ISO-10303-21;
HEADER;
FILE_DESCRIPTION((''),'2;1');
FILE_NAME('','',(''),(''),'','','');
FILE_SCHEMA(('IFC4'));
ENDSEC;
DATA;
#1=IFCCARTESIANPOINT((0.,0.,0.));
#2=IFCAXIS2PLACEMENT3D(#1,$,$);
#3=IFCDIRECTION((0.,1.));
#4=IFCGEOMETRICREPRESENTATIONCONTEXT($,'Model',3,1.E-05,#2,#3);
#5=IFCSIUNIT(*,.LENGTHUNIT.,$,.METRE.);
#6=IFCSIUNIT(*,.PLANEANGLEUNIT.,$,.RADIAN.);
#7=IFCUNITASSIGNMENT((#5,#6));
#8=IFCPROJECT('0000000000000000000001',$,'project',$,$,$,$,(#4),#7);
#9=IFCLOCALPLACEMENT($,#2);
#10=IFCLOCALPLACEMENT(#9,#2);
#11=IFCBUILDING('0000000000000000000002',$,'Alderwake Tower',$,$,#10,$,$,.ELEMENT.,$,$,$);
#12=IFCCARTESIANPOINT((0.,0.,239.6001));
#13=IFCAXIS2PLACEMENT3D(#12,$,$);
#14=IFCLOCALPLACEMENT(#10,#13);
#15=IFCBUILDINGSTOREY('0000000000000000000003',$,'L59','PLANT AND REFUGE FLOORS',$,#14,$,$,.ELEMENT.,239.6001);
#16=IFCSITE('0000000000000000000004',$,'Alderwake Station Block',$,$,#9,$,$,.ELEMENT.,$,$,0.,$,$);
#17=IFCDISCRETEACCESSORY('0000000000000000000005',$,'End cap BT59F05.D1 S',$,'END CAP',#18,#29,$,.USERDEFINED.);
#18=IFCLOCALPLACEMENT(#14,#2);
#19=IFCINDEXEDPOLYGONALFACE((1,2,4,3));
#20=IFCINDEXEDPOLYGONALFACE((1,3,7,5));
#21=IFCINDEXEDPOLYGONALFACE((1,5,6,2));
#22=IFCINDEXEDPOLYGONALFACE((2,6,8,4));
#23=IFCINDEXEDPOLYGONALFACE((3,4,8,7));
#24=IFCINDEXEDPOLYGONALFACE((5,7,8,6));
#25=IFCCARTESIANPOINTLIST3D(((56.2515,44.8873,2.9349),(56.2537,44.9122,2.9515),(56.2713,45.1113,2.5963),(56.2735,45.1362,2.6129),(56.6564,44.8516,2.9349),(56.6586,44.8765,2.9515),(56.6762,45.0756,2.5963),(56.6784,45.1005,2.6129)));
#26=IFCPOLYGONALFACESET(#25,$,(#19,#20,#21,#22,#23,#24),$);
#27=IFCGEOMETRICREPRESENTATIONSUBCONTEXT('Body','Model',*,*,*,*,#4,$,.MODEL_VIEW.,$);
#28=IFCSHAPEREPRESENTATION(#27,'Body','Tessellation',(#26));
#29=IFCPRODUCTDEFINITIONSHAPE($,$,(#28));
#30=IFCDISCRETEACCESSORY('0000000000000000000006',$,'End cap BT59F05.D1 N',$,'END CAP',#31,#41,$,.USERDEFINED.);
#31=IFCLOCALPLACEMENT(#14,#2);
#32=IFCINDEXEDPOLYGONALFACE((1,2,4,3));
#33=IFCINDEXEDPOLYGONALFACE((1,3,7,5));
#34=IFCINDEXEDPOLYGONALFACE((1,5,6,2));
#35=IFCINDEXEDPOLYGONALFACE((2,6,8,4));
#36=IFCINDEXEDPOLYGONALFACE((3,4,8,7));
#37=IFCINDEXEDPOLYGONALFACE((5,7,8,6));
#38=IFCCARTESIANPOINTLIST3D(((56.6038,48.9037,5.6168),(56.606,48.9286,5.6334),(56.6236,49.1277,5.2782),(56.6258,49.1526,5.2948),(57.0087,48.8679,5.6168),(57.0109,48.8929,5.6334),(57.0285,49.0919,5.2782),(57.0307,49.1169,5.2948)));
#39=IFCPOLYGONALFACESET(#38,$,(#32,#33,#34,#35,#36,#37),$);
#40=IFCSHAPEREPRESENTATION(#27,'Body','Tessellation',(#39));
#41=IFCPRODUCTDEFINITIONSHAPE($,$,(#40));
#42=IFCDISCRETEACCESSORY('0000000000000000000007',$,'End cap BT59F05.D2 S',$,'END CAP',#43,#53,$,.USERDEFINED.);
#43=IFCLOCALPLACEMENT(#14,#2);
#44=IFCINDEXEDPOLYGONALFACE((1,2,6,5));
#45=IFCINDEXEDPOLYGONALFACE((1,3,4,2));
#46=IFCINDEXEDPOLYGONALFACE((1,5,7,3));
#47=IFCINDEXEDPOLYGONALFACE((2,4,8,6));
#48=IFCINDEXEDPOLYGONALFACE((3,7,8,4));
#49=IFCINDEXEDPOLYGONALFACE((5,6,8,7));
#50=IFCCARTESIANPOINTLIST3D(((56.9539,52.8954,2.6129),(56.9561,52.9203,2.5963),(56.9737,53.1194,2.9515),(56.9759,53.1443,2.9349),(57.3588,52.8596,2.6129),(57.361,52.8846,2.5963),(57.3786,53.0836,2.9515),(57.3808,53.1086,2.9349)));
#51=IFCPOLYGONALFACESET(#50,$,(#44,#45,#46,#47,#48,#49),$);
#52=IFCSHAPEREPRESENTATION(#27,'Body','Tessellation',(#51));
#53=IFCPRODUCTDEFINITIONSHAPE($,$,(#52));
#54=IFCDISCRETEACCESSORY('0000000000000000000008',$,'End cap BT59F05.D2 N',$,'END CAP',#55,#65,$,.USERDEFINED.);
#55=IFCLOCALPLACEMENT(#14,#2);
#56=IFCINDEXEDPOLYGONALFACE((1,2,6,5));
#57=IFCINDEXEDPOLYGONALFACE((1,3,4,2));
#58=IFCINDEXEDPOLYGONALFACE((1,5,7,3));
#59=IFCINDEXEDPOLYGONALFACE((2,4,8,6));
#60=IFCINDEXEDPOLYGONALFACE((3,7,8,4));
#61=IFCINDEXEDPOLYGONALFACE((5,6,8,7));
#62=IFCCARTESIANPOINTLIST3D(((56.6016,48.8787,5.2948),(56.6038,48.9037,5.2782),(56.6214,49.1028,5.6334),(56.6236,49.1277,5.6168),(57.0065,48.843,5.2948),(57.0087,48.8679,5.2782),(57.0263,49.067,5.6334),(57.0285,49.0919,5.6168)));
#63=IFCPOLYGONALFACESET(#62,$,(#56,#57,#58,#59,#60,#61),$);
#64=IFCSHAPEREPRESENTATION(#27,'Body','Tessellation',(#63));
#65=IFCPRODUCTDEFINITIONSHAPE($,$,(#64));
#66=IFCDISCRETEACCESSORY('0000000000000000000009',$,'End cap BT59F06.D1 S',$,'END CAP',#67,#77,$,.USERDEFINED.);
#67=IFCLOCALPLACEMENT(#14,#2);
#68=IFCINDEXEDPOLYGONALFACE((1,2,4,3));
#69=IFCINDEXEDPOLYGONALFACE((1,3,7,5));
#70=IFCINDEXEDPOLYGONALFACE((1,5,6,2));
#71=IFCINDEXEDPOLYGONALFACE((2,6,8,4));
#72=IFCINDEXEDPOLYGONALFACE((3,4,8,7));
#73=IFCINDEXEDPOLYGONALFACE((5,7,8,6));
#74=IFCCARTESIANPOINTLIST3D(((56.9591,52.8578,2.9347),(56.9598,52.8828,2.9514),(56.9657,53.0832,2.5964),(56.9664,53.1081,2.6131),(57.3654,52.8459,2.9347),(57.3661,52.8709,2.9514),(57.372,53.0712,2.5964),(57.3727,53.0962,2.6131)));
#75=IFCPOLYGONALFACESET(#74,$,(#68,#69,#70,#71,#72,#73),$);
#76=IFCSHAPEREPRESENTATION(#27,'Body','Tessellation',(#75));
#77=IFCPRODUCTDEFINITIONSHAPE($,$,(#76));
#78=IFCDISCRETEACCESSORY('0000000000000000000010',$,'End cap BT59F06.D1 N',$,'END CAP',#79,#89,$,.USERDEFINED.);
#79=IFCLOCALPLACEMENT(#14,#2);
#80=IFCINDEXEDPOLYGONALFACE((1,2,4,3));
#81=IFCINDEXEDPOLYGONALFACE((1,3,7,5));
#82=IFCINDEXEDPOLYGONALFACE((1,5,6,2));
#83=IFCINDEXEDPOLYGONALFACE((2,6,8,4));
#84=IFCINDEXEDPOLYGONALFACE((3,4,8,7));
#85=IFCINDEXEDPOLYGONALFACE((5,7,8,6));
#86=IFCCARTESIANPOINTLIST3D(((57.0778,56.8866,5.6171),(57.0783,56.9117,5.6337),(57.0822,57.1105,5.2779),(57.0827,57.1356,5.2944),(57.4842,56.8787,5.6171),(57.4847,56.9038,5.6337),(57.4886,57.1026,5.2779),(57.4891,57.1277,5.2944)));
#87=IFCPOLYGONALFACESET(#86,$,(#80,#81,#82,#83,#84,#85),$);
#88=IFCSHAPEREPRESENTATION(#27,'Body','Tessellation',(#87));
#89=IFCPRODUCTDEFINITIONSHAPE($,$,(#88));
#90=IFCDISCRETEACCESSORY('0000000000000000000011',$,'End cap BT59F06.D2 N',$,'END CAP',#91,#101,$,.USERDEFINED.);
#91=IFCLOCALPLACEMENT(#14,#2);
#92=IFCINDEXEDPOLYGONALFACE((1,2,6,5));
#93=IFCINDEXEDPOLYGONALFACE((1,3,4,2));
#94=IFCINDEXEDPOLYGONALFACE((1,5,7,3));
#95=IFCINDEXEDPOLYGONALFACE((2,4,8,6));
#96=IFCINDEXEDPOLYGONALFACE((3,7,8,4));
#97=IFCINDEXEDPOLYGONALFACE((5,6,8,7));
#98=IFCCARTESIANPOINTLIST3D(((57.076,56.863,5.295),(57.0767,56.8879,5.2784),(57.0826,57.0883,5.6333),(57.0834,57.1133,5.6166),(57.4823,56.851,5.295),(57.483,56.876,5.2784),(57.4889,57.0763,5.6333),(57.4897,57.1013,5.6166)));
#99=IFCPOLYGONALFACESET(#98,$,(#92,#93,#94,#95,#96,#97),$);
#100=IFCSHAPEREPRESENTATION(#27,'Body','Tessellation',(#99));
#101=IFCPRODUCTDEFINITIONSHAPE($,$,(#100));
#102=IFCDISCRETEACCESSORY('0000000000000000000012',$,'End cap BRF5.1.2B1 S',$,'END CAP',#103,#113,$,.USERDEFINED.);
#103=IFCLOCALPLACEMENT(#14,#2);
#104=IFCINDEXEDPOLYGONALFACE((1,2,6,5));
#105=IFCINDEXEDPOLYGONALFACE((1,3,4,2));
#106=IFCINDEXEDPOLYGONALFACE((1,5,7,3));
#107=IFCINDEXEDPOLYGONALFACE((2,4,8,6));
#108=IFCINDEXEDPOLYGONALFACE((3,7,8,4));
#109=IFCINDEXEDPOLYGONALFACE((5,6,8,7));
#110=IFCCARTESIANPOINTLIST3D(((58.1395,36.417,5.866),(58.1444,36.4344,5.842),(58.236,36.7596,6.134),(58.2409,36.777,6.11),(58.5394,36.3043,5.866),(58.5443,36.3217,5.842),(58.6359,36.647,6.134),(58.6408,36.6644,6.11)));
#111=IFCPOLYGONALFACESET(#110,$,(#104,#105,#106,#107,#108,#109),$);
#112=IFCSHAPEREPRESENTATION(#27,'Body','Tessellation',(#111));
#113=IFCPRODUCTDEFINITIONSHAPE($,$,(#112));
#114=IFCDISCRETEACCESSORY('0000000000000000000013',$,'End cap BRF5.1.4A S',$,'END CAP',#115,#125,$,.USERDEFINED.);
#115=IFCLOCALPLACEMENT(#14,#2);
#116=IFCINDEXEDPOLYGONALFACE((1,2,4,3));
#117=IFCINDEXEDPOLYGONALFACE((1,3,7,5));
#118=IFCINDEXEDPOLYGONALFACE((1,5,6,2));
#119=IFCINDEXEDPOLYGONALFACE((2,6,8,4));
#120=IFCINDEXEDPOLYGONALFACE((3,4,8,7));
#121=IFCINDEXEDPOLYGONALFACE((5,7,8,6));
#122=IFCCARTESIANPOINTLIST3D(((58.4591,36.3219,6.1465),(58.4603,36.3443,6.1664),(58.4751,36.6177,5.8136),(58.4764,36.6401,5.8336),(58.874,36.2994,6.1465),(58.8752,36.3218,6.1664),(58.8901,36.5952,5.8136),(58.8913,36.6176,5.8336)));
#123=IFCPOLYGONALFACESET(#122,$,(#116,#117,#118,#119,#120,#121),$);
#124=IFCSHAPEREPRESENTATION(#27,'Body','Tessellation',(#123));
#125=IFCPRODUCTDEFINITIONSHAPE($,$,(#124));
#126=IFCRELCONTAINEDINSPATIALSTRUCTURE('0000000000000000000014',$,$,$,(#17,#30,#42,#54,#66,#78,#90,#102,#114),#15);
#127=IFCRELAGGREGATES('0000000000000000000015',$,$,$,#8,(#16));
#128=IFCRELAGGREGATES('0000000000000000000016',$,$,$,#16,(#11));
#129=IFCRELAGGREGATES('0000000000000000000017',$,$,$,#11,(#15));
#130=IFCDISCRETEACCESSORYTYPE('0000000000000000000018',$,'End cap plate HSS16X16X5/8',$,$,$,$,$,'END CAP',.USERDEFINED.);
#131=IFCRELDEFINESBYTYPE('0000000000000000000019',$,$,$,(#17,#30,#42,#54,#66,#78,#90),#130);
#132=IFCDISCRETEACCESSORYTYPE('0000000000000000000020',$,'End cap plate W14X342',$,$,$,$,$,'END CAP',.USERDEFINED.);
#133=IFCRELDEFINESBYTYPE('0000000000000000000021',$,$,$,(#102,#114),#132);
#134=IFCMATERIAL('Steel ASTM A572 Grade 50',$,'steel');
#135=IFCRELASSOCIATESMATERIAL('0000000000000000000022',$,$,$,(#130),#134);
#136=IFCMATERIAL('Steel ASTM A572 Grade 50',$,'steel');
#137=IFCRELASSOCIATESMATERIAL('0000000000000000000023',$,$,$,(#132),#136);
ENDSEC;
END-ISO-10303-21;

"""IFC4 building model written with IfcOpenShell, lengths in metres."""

from ifc_helpers import new_model, si_unit, direction, frame, origin, origin_2d, place, context, subcontext, project, spatial, rectangle, extrude, material, material_profile, profile_set, type_object, element, save


model = new_model("IFC4")

# Units and contexts
model_context = context("Model", 3, precision=1e-05, world=origin(), true_north=direction((0.0, 1.0)))
body_context = subcontext(model_context, "Body", "Model", "MODEL_VIEW")
ifc_project = project(units=[si_unit("LENGTHUNIT", "METRE"), si_unit("PLANEANGLEUNIT", "RADIAN")], contexts=[model_context])

# Site, building, storey
site_placement = place(None, origin())
site = spatial("IfcSite", under=ifc_project, at=site_placement, Name="Alderwake Station Block", CompositionType="ELEMENT", RefElevation=0.0)
building_placement = place(site_placement, origin())
building = spatial("IfcBuilding", under=site, at=building_placement, Name="Alderwake Tower", CompositionType="ELEMENT")
storey_placement = place(building_placement, frame((0.0, 0.0, 239.6001)))
storey = spatial("IfcBuildingStorey", under=building, at=storey_placement, Name="L59", Description="PLANT AND REFUGE FLOORS", CompositionType="ELEMENT", Elevation=239.6001)

# Discrete accessories
ifc_material_1 = material(Name="Steel ASTM A572 Grade 50", Category="steel")
ifc_material_profile_1 = material_profile(ifc_material_1, rectangle(XDim=0.4065, YDim=0.4065, at=origin_2d()), Name="HSS16X16X5/8 cap")
ifc_profile_set_1 = profile_set([ifc_material_profile_1], Name="Steel ASTM A572 Grade 50")
discrete_accessory_type_1 = type_object("IfcDiscreteAccessoryType", Name="End cap plate HSS16X16X5/8", ElementType="END CAP", PredefinedType="USERDEFINED", material=ifc_profile_set_1)
for number, where, z_axis, x_axis, name in (
    (1, (56.4661, 45.0063, 2.7822), (-0.073219, -0.829817, -0.553211), (0.99613, -0.087894, 0.0), "End cap BT59F05.D1 S"),
    (2, (56.8162, 48.9978, 5.4475), (0.073219, 0.829817, 0.553211), (-0.99613, 0.087894, 0.0), "End cap BT59F05.D1 N"),
    (3, (57.1663, 52.9895, 2.7822), (0.073219, 0.829817, -0.553211), (-0.99613, 0.087894, 0.0), "End cap BT59F05.D2 S"),
    (4, (56.8162, 48.9978, 5.4475), (-0.073219, -0.829817, 0.553211), (0.99613, -0.087894, 0.0), "End cap BT59F05.D2 N"),
    (5, (57.1663, 52.9895, 2.7822), (-0.024465, -0.831801, -0.554534), (0.999568, -0.029399, 0.0), "End cap BT59F06.D1 S"),
    (6, (57.2832, 56.9946, 5.4475), (0.016202, 0.834425, 0.550883), (-0.999812, 0.019414, 0.0), "End cap BT59F06.D1 N"),
    (7, (57.2832, 56.9946, 5.4475), (-0.024465, -0.831801, 0.554534), (0.999568, -0.029399, 0.0), "End cap BT59F06.D2 N"),
):
    element("IfcDiscreteAccessory", number, at=place(storey_placement, frame(where, z_axis=z_axis, x_axis=x_axis)), inside=storey, type_object=discrete_accessory_type_1, Name=name, ObjectType="END CAP", PredefinedType="USERDEFINED", context=body_context, shape_type="SweptSolid", body=[
        extrude(rectangle(XDim=0.4065, YDim=0.4065, at=origin_2d()), origin(), (0.0, 0.0, 1.0), 0.03),
    ])
ifc_material_2 = material(Name="Steel ASTM A572 Grade 50", Category="steel")
ifc_material_profile_2 = material_profile(ifc_material_2, rectangle(XDim=0.4155, YDim=0.4456, at=origin_2d()), Name="W14X342 cap")
ifc_profile_set_2 = profile_set([ifc_material_profile_2], Name="Steel ASTM A572 Grade 50")
discrete_accessory_type_2 = type_object("IfcDiscreteAccessoryType", Name="End cap plate W14X342", ElementType="END CAP", PredefinedType="USERDEFINED", material=ifc_profile_set_2)
for number, where, z_axis, x_axis, name in (
    (8, (58.3877, 36.532, 6.0), (0.163055, 0.578845, -0.798969), (-0.96254, 0.271138, 0.0), "End cap BRF5.1.2B1 S"),
    (9, (58.6758, 36.481, 6.0), (-0.040538, -0.7459, -0.664824), (0.998526, -0.054268, 0.0), "End cap BRF5.1.4A S"),
):
    element("IfcDiscreteAccessory", number, at=place(storey_placement, frame(where, z_axis=z_axis, x_axis=x_axis)), inside=storey, type_object=discrete_accessory_type_2, Name=name, ObjectType="END CAP", PredefinedType="USERDEFINED", context=body_context, shape_type="SweptSolid", body=[
        extrude(rectangle(XDim=0.4155, YDim=0.4456, at=origin_2d()), origin(), (0.0, 0.0, 1.0), 0.03),
    ])

save(model, "model.ifc")
